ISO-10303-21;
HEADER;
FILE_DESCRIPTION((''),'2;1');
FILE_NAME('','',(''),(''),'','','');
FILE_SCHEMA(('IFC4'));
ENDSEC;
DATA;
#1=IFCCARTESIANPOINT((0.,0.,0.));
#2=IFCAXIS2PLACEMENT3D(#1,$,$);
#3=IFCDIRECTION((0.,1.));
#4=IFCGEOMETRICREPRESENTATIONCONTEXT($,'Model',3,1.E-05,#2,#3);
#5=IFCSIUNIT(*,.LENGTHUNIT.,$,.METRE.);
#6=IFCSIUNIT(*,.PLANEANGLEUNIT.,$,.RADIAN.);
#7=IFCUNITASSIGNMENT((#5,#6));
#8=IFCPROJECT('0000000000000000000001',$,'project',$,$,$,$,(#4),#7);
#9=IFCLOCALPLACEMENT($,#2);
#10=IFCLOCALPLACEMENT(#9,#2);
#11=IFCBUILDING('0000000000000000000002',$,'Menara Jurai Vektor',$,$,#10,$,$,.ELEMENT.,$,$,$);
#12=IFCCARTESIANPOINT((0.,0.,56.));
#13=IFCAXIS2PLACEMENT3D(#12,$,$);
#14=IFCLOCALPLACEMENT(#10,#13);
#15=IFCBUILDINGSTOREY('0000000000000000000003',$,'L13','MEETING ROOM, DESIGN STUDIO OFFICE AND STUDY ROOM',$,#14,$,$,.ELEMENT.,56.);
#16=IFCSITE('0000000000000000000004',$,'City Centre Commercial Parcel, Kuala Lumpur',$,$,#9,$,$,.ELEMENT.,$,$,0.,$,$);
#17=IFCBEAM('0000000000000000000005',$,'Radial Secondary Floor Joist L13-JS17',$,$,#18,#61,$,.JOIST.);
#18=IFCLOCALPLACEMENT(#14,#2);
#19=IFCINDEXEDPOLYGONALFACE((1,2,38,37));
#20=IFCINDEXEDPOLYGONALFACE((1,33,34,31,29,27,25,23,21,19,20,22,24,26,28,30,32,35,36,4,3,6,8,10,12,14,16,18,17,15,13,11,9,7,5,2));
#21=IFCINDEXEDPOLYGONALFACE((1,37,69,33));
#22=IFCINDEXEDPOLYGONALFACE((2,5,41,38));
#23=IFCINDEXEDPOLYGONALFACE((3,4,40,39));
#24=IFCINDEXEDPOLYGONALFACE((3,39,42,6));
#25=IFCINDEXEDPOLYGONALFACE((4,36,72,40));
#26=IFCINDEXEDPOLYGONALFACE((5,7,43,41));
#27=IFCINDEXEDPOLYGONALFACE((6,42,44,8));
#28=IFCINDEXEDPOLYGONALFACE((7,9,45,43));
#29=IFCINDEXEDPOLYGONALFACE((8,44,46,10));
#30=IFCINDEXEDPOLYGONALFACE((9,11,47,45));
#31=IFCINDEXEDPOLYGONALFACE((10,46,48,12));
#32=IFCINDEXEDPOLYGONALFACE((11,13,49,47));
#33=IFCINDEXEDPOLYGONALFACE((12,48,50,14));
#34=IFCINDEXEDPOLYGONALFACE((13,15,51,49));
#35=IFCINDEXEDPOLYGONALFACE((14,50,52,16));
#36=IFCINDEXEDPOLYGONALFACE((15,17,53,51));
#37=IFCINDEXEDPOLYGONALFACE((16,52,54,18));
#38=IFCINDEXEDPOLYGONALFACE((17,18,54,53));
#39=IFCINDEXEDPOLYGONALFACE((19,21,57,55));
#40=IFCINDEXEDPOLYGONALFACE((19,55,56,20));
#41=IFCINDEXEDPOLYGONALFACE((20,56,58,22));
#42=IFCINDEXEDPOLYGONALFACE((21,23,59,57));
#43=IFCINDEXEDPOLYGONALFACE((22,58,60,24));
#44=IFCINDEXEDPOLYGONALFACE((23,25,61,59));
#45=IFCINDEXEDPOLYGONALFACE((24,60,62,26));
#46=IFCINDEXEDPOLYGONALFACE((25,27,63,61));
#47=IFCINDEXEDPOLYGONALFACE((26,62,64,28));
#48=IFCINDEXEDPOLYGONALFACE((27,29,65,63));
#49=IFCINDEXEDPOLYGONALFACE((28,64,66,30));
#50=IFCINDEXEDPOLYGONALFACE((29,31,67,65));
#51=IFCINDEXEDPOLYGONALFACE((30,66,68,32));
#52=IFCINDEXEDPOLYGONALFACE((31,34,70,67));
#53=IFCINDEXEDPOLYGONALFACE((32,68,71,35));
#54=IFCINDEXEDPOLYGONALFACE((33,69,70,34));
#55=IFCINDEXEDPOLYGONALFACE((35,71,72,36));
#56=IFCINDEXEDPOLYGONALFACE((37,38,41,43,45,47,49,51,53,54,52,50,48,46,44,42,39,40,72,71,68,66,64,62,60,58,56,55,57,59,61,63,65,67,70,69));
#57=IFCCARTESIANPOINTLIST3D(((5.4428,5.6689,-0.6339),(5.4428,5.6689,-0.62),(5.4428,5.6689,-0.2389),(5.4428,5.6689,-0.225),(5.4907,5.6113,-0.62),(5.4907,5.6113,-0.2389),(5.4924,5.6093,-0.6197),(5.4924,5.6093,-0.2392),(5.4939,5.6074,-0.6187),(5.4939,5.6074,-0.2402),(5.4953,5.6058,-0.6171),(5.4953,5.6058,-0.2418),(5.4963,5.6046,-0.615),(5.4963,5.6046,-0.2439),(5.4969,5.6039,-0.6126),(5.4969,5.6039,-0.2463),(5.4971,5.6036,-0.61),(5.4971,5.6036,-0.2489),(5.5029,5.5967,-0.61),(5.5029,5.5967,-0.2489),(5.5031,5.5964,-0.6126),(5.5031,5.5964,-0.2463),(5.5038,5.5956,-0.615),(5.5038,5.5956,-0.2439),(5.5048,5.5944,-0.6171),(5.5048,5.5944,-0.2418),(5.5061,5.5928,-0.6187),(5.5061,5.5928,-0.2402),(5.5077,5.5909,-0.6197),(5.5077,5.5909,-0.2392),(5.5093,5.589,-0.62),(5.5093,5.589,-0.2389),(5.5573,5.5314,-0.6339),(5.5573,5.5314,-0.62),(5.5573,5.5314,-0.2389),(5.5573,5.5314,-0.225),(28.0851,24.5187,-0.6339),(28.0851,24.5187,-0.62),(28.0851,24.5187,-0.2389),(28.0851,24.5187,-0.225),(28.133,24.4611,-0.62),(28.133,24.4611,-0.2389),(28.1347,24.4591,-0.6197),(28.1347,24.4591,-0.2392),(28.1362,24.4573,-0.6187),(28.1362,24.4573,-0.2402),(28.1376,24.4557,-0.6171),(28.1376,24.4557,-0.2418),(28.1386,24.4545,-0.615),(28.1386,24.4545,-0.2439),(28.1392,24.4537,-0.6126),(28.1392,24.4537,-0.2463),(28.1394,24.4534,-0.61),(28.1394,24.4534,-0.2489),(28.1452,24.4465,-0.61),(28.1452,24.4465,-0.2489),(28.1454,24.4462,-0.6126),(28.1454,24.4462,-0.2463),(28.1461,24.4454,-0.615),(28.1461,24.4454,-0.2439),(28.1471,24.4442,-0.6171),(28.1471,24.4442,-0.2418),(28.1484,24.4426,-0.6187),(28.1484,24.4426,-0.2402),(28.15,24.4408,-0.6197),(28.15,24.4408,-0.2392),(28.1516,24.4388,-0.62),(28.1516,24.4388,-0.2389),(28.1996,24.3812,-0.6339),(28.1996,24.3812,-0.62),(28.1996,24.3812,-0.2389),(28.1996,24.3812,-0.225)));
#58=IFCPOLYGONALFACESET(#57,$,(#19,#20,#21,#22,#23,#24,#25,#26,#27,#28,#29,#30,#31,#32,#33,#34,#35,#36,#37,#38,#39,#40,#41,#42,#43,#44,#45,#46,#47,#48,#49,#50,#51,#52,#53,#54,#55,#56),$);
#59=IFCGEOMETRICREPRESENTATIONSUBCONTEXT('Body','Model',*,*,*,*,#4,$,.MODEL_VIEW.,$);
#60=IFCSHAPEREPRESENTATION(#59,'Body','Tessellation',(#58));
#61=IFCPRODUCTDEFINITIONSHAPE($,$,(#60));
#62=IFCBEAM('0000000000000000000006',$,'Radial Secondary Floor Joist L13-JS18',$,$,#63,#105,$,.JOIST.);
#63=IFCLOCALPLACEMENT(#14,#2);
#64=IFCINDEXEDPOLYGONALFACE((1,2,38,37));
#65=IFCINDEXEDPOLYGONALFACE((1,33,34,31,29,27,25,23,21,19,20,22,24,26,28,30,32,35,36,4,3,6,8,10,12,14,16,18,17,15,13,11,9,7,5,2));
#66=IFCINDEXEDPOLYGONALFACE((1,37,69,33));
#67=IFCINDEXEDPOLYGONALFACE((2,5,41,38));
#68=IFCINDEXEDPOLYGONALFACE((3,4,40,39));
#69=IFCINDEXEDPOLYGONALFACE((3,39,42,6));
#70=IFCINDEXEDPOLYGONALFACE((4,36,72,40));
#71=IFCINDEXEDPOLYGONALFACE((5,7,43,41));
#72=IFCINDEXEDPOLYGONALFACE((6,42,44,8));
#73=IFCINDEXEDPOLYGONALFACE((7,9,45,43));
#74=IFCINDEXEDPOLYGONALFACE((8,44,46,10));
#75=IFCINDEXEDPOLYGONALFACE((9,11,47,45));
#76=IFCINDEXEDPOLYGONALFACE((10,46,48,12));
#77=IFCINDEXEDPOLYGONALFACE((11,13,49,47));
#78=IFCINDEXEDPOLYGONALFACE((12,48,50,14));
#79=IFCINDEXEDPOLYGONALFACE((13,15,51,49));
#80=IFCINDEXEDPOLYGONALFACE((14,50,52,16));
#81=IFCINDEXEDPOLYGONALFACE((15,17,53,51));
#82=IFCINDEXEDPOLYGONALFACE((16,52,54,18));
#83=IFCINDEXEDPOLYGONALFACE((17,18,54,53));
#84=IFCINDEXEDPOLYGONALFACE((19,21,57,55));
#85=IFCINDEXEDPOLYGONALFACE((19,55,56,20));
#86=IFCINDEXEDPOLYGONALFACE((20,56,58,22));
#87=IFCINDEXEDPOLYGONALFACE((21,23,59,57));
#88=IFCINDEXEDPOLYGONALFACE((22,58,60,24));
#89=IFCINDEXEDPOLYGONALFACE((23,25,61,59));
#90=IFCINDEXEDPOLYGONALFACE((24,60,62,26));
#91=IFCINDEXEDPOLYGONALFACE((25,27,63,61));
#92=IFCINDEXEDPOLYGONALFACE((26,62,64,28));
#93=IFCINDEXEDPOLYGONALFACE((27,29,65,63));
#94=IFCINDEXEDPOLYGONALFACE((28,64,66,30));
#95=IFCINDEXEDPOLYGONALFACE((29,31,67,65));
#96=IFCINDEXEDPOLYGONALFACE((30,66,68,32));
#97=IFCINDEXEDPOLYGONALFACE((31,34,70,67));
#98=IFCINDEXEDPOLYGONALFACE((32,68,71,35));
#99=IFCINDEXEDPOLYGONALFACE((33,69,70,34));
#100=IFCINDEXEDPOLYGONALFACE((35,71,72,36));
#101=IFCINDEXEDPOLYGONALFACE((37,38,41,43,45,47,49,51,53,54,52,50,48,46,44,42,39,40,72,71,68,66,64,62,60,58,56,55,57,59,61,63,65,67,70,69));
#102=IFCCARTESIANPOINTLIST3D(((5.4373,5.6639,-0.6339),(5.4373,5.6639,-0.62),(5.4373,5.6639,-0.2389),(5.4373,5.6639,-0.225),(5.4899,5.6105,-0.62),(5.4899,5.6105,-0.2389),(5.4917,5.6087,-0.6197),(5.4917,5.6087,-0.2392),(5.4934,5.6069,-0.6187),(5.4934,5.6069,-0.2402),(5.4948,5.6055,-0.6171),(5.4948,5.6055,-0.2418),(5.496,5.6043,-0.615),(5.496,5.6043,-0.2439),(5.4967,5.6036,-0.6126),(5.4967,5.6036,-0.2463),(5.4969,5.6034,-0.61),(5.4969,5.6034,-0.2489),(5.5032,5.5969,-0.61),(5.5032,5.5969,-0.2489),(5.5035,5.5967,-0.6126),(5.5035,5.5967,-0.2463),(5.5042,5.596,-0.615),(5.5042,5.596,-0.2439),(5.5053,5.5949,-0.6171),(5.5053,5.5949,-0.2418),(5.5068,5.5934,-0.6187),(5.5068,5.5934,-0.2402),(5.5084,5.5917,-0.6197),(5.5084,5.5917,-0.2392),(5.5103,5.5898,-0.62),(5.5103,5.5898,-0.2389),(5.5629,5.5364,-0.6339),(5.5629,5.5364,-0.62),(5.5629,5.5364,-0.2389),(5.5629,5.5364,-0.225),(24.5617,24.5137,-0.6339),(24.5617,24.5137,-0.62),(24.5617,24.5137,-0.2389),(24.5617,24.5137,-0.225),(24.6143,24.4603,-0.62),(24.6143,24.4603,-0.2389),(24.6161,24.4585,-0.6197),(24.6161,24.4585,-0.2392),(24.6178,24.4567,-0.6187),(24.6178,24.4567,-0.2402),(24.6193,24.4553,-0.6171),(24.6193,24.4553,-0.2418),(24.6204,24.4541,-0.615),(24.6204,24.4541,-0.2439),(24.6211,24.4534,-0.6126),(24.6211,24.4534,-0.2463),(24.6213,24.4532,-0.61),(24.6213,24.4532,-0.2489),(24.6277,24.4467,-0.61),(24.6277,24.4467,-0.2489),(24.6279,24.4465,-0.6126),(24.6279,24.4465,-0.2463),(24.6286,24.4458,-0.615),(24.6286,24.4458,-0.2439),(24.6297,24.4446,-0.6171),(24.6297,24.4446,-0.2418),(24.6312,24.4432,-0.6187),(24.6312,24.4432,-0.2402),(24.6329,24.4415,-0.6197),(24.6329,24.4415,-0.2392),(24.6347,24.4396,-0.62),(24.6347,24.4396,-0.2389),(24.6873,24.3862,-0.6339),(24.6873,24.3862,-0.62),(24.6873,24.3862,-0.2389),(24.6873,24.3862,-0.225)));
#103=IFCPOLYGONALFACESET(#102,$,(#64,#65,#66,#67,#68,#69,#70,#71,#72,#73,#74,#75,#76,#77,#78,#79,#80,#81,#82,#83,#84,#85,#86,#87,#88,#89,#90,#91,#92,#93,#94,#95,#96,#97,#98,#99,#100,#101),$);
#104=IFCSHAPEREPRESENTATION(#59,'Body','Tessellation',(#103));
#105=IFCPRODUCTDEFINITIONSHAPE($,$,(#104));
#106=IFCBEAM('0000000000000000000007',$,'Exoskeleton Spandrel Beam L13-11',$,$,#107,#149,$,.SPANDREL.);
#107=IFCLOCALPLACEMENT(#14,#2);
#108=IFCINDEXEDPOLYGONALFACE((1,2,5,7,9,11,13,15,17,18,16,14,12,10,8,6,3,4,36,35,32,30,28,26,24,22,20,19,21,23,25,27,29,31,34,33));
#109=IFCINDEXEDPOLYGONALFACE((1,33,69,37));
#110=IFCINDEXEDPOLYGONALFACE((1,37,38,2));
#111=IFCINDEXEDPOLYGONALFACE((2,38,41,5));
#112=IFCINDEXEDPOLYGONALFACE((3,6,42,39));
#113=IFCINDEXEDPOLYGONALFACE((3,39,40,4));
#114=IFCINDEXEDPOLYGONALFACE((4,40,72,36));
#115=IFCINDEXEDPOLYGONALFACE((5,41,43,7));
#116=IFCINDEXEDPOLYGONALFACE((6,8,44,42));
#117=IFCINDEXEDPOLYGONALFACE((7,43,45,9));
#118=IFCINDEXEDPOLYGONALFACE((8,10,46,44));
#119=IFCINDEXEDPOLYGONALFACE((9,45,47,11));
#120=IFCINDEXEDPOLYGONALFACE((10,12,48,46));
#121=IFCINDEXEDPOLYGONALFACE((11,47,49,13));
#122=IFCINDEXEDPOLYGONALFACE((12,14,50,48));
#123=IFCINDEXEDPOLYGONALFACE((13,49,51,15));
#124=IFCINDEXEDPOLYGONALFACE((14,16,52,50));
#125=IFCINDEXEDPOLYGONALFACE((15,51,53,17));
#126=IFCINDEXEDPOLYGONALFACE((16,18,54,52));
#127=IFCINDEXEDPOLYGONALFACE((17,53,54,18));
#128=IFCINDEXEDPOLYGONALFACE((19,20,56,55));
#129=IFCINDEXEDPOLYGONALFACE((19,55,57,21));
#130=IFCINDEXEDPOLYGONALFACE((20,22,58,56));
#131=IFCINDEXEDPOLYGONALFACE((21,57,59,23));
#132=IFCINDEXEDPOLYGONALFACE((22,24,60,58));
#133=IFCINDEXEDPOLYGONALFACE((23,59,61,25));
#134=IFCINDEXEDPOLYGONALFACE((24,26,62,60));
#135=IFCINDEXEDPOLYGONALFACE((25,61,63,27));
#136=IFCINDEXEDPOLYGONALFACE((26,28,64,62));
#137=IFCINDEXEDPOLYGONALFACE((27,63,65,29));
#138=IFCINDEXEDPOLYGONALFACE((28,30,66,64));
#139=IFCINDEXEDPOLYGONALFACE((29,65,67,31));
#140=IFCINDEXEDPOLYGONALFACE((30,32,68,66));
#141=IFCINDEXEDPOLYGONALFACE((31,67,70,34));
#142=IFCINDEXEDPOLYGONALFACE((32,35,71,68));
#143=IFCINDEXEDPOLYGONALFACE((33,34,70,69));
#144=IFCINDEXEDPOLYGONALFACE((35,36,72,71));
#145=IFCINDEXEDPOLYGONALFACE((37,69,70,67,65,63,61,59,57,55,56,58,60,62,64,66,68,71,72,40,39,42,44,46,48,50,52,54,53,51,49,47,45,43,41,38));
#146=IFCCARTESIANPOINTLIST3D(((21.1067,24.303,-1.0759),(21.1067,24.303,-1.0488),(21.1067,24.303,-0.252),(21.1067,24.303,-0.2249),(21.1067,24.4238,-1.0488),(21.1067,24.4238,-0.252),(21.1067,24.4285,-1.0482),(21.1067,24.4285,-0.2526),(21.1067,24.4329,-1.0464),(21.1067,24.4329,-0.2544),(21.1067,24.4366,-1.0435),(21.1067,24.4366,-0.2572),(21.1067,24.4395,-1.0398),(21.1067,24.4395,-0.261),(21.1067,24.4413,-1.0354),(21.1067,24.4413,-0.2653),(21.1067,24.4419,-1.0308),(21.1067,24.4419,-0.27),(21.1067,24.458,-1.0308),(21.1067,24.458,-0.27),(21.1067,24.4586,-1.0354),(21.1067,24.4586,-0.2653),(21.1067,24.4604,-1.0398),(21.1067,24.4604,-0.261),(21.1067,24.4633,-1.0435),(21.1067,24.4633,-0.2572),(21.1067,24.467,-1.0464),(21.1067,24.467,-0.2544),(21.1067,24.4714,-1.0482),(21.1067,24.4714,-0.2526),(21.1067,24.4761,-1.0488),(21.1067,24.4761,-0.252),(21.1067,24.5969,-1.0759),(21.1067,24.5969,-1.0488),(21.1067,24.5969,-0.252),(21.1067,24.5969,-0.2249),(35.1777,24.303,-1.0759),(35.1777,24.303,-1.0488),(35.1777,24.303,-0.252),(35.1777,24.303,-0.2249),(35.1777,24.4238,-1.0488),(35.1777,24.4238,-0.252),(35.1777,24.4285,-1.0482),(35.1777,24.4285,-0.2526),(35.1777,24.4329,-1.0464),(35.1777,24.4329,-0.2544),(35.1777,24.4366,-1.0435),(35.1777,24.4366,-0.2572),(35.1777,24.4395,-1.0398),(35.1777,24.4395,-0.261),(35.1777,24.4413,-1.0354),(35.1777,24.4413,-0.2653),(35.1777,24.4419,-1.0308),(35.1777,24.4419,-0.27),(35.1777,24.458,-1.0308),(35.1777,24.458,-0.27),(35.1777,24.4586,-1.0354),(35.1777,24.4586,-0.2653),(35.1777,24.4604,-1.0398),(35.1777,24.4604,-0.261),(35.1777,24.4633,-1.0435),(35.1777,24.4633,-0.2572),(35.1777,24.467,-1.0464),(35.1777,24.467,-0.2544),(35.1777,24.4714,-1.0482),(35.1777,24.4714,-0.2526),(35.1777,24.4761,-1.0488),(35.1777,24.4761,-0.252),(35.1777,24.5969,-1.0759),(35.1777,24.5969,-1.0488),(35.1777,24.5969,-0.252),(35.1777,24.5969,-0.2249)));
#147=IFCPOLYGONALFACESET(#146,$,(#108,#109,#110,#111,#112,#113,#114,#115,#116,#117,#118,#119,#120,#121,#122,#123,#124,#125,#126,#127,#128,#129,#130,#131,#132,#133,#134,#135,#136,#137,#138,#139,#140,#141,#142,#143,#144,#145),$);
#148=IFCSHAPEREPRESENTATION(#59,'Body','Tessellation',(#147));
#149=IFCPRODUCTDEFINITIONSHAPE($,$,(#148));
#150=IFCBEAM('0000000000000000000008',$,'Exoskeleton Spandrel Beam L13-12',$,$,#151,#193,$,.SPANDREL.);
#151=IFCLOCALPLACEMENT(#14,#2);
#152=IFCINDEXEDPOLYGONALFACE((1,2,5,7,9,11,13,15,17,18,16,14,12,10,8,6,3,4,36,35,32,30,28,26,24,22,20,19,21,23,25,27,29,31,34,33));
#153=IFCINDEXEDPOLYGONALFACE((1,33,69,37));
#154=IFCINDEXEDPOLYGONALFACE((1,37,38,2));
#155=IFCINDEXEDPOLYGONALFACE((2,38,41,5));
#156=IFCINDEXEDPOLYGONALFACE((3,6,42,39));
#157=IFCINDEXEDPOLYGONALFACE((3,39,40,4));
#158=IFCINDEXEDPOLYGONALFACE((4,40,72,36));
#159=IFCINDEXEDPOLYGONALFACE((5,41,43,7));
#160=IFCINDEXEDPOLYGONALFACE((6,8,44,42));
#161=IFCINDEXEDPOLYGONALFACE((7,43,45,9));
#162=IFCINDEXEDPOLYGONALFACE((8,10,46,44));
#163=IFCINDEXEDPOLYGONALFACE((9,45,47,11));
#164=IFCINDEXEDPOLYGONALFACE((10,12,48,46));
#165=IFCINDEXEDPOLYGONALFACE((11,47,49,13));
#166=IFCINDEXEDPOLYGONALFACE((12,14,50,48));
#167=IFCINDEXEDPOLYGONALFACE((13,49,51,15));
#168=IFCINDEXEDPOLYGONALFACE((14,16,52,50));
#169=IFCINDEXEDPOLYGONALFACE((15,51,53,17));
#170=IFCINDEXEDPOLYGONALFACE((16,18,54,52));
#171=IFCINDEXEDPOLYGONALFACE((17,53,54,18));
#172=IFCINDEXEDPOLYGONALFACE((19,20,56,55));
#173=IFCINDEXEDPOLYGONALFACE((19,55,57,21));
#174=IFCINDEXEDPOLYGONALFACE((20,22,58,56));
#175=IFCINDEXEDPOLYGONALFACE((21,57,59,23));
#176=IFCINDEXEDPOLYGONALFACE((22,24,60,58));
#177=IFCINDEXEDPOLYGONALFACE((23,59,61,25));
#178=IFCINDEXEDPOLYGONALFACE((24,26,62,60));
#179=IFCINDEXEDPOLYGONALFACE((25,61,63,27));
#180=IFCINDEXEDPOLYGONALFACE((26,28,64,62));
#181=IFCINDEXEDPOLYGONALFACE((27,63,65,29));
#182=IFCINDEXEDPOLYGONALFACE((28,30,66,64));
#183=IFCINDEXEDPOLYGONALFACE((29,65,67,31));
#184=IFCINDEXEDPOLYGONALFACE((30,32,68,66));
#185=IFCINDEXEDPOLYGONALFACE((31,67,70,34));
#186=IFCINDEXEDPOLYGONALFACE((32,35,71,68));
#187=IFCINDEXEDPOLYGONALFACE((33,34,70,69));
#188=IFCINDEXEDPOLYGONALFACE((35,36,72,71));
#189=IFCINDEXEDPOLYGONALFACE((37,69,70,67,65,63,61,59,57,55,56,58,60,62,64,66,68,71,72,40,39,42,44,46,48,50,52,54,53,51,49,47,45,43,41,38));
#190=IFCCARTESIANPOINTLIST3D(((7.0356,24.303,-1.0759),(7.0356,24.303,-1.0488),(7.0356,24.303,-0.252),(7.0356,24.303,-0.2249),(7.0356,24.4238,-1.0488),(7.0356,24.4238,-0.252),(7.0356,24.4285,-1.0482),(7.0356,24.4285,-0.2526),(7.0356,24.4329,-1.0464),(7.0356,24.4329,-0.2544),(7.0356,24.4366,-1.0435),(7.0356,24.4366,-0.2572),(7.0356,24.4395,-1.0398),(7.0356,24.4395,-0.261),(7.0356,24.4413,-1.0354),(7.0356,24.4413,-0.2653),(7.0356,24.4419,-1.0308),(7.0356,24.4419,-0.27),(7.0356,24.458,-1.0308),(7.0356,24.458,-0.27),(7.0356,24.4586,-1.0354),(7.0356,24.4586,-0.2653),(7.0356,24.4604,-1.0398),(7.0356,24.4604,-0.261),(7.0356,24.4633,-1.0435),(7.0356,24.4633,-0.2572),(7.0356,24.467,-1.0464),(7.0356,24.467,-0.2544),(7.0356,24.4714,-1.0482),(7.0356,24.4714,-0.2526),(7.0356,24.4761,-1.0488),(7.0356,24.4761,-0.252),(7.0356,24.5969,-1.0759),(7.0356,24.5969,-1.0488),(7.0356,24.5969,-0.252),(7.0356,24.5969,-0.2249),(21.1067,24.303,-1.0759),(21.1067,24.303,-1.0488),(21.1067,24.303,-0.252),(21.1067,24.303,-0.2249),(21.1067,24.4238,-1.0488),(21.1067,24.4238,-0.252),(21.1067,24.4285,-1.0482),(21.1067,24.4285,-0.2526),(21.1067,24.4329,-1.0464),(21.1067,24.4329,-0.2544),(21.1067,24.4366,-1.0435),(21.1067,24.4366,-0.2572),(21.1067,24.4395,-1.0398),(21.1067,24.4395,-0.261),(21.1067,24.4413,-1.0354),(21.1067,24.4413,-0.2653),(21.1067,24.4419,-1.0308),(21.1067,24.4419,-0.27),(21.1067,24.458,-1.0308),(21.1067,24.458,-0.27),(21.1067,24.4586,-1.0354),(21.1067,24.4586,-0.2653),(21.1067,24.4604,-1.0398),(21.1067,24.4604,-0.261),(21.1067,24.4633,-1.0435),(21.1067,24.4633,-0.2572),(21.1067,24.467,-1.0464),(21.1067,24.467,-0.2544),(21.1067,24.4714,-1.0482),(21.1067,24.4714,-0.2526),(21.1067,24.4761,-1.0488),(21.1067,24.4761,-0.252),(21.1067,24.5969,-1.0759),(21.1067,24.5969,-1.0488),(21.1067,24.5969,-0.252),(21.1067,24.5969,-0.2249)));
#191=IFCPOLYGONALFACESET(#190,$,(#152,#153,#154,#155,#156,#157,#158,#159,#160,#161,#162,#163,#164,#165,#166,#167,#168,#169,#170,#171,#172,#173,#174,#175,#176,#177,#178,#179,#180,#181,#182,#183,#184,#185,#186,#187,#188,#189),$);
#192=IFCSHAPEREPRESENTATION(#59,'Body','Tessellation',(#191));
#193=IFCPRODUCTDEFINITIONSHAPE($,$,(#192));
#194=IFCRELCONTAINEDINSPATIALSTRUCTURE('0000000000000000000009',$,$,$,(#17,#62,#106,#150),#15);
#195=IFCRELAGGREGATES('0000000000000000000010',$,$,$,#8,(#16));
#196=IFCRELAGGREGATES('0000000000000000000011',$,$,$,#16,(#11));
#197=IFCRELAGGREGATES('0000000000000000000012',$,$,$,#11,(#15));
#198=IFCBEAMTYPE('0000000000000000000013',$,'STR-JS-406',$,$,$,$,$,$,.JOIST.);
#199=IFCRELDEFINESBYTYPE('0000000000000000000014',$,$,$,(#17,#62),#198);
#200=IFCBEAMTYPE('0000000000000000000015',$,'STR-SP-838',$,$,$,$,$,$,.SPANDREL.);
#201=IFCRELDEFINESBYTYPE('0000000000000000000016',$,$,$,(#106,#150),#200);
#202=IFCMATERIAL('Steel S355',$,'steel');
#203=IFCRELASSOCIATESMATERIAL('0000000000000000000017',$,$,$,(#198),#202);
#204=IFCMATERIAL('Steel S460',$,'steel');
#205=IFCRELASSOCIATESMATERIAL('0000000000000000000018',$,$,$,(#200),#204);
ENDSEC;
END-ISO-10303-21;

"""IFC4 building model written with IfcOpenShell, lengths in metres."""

from ifc_helpers import new_model, si_unit, direction, frame, origin, origin_2d, place, context, subcontext, project, spatial, i_section, extrude, material, material_profile, profile_set, type_object, element, save


model = new_model("IFC4")

# Units and contexts
model_context = context("Model", 3, precision=1e-05, world=origin(), true_north=direction((0.0, 1.0)))
body_context = subcontext(model_context, "Body", "Model", "MODEL_VIEW")
ifc_project = project(units=[si_unit("LENGTHUNIT", "METRE"), si_unit("PLANEANGLEUNIT", "RADIAN")], contexts=[model_context])

# Site, building, storey
site_placement = place(None, origin())
site = spatial("IfcSite", under=ifc_project, at=site_placement, Name="City Centre Commercial Parcel, Kuala Lumpur", CompositionType="ELEMENT", RefElevation=0.0)
building_placement = place(site_placement, origin())
building = spatial("IfcBuilding", under=site, at=building_placement, Name="Menara Jurai Vektor", CompositionType="ELEMENT")
storey_placement = place(building_placement, frame((0.0, 0.0, 56.0)))
storey = spatial("IfcBuildingStorey", under=building, at=storey_placement, Name="L13", Description="MEETING ROOM, DESIGN STUDIO OFFICE AND STUDY ROOM", CompositionType="ELEMENT", Elevation=56.0)

# Shared definitions
ifc_material_1 = material(Name="Steel S460", Category="steel")

# Shared definitions
ifc_material_2 = material(Name="Steel S355", Category="steel")

# Beams
ifc_material_profile_1 = material_profile(ifc_material_2, i_section(OverallWidth=0.179, OverallDepth=0.4089, WebThickness=0.009, FlangeThickness=0.0139, FilletRadius=0.01, at=origin_2d()), Name="UKB 406x178x67")
ifc_profile_set_1 = profile_set([ifc_material_profile_1], Name="Steel S355")
beam_type_1 = type_object("IfcBeamType", Name="STR-JS-406", PredefinedType="JOIST", material=ifc_profile_set_1)
beam_1_placement = place(storey_placement, frame((28.1423, 24.45, -0.4294), z_axis=(-0.768534, -0.639809, 0.0), x_axis=(0.639809, -0.768534, 0.0)))
element("IfcBeam", 1, at=beam_1_placement, inside=storey, type_object=beam_type_1, Name="Radial Secondary Floor Joist L13-JS17", PredefinedType="JOIST", context=body_context, shape_type="SweptSolid", body=[
    extrude(i_section(OverallWidth=0.179, OverallDepth=0.4089, WebThickness=0.009, FlangeThickness=0.0139, FilletRadius=0.01, at=origin_2d()), origin(), (0.0, 0.0, 1.0), 29.4617),
])
beam_2_placement = place(storey_placement, frame((24.6245, 24.45, -0.4294), z_axis=(-0.712202, -0.701974, 0.0), x_axis=(0.701974, -0.712202, 0.0)))
element("IfcBeam", 2, at=beam_2_placement, inside=storey, type_object=beam_type_1, Name="Radial Secondary Floor Joist L13-JS18", PredefinedType="JOIST", context=body_context, shape_type="SweptSolid", body=[
    extrude(i_section(OverallWidth=0.179, OverallDepth=0.4089, WebThickness=0.009, FlangeThickness=0.0139, FilletRadius=0.01, at=origin_2d()), origin(), (0.0, 0.0, 1.0), 26.8525),
])
ifc_material_profile_2 = material_profile(ifc_material_1, i_section(OverallWidth=0.2939, OverallDepth=0.8511, WebThickness=0.0161, FlangeThickness=0.0271, FilletRadius=0.0181, at=origin_2d()), Name="UKB 838x292x226")
ifc_profile_set_2 = profile_set([ifc_material_profile_2], Name="Steel S460")
beam_type_2 = type_object("IfcBeamType", Name="STR-SP-838", PredefinedType="SPANDREL", material=ifc_profile_set_2)
for number, where, z_axis, x_axis, name in (
    (3, (35.1777, 24.45, -0.6504), (-1.0, 0.0, 0.0), (0.0, -1.0, 0.0), "Exoskeleton Spandrel Beam L13-11"),
    (4, (21.1067, 24.45, -0.6504), (-1.0, 0.0, 0.0), (0.0, -1.0, 0.0), "Exoskeleton Spandrel Beam L13-12"),
):
    element("IfcBeam", number, at=place(storey_placement, frame(where, z_axis=z_axis, x_axis=x_axis)), inside=storey, type_object=beam_type_2, Name=name, PredefinedType="SPANDREL", context=body_context, shape_type="SweptSolid", body=[
        extrude(i_section(OverallWidth=0.2939, OverallDepth=0.8511, WebThickness=0.0161, FlangeThickness=0.0271, FilletRadius=0.0181, at=origin_2d()), origin(), (0.0, 0.0, 1.0), 14.071),
    ])

save(model, "model.ifc")
